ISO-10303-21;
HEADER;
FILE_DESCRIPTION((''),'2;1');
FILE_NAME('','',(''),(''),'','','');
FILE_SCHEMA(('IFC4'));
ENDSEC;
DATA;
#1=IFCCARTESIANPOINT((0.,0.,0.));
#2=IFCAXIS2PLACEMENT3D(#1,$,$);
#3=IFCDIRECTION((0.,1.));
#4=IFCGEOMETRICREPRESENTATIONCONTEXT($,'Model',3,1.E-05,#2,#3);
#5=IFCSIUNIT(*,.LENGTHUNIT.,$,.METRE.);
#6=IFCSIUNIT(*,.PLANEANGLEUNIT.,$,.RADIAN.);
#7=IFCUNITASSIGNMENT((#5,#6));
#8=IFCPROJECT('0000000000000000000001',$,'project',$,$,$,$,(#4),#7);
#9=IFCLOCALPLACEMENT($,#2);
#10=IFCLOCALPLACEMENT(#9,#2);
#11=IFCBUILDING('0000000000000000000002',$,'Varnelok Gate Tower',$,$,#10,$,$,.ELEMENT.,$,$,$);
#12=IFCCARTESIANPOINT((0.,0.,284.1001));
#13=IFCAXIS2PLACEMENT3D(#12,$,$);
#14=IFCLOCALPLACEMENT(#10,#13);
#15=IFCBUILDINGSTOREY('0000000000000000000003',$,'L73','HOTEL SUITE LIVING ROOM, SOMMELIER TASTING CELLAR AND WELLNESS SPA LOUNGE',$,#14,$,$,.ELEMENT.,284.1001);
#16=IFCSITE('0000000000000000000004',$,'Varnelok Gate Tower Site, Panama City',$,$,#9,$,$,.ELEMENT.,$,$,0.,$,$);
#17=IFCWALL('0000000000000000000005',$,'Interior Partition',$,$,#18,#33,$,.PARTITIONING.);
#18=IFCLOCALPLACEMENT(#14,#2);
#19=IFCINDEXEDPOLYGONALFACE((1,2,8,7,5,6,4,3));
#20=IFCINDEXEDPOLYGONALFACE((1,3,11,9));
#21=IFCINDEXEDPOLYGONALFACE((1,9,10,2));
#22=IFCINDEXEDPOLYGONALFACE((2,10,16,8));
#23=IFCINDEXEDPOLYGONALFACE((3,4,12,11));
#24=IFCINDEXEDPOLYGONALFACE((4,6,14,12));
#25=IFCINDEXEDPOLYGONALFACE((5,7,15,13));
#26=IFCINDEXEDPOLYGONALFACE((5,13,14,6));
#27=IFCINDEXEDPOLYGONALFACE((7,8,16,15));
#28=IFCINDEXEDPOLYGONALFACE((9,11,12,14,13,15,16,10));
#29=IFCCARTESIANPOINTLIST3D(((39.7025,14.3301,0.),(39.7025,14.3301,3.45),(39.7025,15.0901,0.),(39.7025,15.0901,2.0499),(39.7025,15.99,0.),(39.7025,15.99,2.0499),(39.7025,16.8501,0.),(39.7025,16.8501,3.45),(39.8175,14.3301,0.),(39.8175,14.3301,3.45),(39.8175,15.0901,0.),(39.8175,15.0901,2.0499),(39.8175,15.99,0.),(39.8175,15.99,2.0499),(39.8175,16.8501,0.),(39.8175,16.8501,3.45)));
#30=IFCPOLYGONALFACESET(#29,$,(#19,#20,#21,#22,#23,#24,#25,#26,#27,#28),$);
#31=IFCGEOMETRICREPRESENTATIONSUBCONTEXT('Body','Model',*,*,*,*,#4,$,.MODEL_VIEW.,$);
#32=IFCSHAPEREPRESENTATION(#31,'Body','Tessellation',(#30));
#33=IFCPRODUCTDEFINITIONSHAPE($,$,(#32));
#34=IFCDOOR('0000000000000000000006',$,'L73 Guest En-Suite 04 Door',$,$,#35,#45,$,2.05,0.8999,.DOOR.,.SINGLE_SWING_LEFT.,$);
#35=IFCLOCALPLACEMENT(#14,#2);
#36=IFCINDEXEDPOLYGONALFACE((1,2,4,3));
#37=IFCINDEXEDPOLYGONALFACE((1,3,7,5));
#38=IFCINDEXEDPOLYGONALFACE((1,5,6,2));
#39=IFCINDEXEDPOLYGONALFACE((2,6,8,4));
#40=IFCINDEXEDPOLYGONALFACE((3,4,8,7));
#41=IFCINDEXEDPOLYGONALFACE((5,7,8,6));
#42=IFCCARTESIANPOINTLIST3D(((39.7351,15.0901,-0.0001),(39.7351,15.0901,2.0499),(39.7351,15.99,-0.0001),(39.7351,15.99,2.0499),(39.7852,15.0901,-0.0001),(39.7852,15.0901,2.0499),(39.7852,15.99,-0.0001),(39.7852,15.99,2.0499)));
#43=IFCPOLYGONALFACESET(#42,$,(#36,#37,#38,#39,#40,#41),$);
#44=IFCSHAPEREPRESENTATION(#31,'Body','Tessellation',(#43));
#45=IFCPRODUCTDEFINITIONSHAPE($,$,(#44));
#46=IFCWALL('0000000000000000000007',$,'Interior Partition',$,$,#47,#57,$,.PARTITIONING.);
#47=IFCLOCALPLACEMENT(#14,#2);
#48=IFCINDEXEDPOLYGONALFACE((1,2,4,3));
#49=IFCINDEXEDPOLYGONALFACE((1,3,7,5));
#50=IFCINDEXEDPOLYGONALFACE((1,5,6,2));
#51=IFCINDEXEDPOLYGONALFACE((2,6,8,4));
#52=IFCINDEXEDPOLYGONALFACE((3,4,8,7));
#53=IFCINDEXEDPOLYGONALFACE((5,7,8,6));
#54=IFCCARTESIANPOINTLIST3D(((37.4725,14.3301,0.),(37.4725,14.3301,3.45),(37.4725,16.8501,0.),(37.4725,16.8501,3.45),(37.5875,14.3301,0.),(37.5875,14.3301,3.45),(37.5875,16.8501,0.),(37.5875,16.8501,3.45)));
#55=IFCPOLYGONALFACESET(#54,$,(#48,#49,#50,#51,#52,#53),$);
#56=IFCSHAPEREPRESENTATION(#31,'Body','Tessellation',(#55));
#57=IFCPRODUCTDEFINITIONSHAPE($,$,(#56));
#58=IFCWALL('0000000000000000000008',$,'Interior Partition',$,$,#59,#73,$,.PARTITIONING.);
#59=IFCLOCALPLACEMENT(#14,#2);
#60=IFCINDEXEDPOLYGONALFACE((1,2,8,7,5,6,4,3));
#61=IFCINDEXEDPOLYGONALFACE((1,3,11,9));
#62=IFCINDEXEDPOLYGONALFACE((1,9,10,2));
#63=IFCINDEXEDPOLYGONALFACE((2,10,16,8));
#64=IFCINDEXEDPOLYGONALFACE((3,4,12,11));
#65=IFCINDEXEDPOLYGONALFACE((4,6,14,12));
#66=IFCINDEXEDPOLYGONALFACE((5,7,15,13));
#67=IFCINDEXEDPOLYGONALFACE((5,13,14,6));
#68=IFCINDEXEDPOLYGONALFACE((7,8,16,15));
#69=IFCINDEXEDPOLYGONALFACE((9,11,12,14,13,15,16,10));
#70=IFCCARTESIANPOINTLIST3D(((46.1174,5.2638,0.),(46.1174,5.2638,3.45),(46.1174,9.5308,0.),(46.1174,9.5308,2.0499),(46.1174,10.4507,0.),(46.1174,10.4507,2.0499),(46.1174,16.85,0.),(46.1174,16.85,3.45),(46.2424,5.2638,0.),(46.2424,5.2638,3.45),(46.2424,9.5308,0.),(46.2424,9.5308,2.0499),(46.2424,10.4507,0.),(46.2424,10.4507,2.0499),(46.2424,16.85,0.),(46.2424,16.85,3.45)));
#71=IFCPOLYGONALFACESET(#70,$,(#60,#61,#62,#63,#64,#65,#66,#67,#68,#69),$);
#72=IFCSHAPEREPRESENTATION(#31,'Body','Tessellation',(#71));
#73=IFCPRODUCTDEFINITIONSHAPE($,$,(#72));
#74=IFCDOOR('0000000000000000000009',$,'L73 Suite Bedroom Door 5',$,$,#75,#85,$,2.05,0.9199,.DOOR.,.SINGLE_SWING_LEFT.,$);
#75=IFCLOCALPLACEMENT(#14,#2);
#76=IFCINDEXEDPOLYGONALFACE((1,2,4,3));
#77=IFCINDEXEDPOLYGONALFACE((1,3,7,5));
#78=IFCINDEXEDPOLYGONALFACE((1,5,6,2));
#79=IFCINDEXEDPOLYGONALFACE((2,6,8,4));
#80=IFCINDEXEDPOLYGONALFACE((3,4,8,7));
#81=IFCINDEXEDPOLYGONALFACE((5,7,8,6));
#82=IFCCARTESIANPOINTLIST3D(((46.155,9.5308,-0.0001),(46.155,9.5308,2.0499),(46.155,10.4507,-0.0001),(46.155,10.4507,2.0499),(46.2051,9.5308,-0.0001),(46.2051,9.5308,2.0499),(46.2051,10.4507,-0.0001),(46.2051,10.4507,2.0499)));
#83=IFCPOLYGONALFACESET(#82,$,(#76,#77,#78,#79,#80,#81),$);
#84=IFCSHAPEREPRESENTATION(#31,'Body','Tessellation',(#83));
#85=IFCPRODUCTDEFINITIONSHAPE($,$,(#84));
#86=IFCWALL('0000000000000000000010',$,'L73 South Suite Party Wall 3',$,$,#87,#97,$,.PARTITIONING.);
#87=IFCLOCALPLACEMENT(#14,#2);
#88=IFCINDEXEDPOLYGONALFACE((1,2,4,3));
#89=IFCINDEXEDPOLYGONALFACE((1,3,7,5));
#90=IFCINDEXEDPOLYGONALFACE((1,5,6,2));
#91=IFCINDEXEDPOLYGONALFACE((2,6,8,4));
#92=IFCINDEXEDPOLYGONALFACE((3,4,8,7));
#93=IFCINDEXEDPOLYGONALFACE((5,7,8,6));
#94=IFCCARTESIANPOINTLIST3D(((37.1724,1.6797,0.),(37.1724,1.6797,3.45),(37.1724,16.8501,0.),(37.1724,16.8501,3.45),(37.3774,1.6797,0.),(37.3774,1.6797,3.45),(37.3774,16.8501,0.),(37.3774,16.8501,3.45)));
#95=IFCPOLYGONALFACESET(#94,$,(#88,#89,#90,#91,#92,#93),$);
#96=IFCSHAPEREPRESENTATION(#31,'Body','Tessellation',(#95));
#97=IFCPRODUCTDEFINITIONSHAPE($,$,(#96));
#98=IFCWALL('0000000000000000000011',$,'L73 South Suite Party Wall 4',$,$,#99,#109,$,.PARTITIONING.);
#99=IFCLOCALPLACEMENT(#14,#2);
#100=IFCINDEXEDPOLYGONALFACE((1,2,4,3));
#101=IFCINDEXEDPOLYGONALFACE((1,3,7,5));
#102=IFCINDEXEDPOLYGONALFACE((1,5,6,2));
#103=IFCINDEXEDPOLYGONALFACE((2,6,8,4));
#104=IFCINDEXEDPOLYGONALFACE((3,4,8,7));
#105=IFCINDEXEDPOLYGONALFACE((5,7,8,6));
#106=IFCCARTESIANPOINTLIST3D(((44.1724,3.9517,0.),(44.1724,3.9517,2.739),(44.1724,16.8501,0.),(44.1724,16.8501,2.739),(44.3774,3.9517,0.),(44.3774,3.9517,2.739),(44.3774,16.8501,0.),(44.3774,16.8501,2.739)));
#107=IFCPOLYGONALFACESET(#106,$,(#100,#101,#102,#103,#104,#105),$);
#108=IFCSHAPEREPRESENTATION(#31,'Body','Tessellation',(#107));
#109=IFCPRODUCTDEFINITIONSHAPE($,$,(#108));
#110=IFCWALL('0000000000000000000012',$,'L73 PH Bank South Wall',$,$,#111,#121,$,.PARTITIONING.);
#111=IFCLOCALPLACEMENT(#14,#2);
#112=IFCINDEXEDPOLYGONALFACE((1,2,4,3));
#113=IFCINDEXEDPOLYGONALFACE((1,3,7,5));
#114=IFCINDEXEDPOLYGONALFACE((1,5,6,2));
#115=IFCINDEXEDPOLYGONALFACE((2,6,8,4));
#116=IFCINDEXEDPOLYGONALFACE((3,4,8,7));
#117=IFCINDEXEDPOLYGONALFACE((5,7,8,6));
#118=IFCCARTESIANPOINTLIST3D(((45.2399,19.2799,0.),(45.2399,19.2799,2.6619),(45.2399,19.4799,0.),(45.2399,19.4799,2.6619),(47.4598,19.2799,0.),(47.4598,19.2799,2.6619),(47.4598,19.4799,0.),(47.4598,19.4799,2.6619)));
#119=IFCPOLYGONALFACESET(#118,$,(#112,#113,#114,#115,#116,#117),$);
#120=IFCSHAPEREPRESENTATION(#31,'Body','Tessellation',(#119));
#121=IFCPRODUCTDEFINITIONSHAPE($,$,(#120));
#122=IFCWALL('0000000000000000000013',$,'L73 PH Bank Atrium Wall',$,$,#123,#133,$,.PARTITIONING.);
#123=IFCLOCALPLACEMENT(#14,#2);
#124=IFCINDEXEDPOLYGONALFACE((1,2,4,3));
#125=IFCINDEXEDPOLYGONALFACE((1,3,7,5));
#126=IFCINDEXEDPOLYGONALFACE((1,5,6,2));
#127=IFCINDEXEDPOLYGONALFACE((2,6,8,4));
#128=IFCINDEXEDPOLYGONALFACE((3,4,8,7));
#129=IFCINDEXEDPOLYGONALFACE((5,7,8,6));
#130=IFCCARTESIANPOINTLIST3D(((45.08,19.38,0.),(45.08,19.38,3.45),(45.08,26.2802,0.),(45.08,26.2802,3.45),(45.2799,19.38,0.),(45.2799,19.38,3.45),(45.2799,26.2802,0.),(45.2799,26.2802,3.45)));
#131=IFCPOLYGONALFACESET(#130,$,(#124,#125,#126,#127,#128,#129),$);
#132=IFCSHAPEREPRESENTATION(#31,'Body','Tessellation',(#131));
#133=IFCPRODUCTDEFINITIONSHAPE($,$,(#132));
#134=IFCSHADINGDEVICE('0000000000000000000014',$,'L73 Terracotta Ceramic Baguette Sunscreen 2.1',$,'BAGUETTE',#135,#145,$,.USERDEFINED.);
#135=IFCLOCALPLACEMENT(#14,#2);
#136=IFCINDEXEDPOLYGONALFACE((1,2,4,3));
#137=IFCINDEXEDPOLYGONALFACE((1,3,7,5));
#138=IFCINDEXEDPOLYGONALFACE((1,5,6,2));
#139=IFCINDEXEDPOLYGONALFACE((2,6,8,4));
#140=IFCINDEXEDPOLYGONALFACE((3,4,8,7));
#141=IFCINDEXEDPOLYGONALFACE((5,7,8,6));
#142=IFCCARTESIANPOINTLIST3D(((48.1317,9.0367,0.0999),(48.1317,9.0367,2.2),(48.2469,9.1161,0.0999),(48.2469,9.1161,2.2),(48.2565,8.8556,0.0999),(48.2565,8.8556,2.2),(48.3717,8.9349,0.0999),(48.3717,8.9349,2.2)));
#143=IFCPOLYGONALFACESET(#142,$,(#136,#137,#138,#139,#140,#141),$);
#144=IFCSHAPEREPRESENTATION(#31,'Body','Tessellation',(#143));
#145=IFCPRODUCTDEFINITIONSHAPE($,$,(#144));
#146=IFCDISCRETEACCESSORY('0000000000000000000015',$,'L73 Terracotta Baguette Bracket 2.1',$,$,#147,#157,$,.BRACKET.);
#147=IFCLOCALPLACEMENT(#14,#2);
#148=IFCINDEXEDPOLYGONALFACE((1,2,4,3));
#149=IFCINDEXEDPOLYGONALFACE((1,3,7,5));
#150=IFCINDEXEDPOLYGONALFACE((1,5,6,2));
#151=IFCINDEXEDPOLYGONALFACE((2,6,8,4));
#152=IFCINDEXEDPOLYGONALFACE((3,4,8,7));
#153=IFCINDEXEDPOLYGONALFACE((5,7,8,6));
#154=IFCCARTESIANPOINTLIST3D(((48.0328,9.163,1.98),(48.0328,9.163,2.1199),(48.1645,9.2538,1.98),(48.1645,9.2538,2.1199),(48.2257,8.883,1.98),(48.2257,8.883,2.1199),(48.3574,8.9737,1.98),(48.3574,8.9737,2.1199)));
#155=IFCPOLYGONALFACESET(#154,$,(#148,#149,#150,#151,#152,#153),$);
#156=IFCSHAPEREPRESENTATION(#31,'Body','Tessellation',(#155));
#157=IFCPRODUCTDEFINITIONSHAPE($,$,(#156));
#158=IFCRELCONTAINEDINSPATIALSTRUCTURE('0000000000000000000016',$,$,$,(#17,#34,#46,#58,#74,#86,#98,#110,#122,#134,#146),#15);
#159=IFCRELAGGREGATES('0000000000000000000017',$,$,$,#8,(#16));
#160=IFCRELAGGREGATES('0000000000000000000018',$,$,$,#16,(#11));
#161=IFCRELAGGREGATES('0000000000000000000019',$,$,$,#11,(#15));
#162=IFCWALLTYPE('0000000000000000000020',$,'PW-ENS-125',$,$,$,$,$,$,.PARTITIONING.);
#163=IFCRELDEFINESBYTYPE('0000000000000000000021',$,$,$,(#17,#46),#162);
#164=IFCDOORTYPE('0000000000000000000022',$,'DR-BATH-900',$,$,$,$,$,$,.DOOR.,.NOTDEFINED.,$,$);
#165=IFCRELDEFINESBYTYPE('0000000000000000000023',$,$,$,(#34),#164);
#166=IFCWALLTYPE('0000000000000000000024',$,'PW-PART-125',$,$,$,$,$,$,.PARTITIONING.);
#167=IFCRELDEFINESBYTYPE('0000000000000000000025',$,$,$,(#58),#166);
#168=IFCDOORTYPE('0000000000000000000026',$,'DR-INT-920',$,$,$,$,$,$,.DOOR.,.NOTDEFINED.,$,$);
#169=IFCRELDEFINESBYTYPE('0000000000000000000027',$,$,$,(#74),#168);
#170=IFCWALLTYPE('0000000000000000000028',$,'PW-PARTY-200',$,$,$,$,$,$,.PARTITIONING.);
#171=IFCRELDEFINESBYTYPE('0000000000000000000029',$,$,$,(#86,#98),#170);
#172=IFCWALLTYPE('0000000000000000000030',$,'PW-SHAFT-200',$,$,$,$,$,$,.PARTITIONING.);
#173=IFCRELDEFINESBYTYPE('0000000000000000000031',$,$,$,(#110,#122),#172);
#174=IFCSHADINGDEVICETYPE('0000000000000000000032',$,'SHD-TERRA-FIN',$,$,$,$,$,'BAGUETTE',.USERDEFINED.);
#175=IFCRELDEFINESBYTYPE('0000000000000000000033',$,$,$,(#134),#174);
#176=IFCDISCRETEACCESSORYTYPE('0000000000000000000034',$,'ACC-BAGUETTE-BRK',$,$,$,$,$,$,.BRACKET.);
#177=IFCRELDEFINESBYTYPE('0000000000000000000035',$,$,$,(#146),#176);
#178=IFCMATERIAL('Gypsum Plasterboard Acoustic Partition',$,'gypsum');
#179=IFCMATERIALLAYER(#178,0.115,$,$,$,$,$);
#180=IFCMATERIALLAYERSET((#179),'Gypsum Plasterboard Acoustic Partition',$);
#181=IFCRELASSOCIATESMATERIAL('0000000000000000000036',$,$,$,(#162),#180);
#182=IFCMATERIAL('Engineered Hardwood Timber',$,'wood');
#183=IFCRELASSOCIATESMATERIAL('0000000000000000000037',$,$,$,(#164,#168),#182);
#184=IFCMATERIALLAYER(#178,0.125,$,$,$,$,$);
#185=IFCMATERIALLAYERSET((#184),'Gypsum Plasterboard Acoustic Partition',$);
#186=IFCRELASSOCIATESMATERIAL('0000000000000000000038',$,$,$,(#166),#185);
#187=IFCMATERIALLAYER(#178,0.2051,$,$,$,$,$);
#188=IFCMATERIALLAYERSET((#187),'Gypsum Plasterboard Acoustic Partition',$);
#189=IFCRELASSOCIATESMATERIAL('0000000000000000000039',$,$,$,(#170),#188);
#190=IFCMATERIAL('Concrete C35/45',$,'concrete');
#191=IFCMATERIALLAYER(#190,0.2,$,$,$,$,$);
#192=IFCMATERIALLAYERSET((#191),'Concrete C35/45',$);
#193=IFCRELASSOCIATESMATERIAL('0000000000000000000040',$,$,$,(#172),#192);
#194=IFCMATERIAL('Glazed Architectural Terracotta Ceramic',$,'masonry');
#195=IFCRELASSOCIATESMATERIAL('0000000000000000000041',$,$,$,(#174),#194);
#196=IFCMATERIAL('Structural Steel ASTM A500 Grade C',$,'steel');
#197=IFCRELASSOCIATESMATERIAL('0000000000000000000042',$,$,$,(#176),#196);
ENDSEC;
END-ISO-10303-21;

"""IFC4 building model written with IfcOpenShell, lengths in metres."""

from ifc_helpers import new_model, si_unit, direction, frame, frame_2d, origin, origin_2d, place, context, subcontext, project, spatial, rectangle, extrude, source, transform, mapped, material, layer, layer_set, type_object, element, fill, save


model = new_model("IFC4")

# Units and contexts
model_context = context("Model", 3, precision=1e-05, world=origin(), true_north=direction((0.0, 1.0)))
body_context = subcontext(model_context, "Body", "Model", "MODEL_VIEW")
ifc_project = project(units=[si_unit("LENGTHUNIT", "METRE"), si_unit("PLANEANGLEUNIT", "RADIAN")], contexts=[model_context])

# Site, building, storey
site_placement = place(None, origin())
site = spatial("IfcSite", under=ifc_project, at=site_placement, Name="Varnelok Gate Tower Site, Panama City", CompositionType="ELEMENT", RefElevation=0.0)
building_placement = place(site_placement, origin())
building = spatial("IfcBuilding", under=site, at=building_placement, Name="Varnelok Gate Tower", CompositionType="ELEMENT")
storey_placement = place(building_placement, frame((0.0, 0.0, 284.1001)))
storey = spatial("IfcBuildingStorey", under=building, at=storey_placement, Name="L73", Description="HOTEL SUITE LIVING ROOM, SOMMELIER TASTING CELLAR AND WELLNESS SPA LOUNGE", CompositionType="ELEMENT", Elevation=284.1001)

# Shared definitions
ifc_material_1 = material(Name="Gypsum Plasterboard Acoustic Partition", Category="gypsum")
ifc_material_2 = material(Name="Engineered Hardwood Timber", Category="wood")

# Shared definitions
ifc_layer_1 = layer(ifc_material_1, 0.115)
ifc_layer_set_1 = layer_set([ifc_layer_1], Name="Gypsum Plasterboard Acoustic Partition")
wall_type_1 = type_object("IfcWallType", Name="PW-ENS-125", PredefinedType="PARTITIONING", material=ifc_layer_set_1)

# Wall, opening, door
wall_1_placement = place(storey_placement, frame((39.76, 14.3301, 0.0), z_axis=(0.0, 0.0, 1.0), x_axis=(0.0, 1.0, 0.0)))
wall_1 = element("IfcWall", 1, at=wall_1_placement, inside=storey, type_object=wall_type_1, Name="Interior Partition", PredefinedType="PARTITIONING", context=body_context, shape_type="SweptSolid", body=[
    extrude(rectangle(XDim=2.52, YDim=0.115, at=frame_2d((1.26, 0.0))), origin(), (0.0, 0.0, 1.0), 3.45),
])
opening_1_placement = place(wall_1_placement, frame((0.76, 0.0, 0.0)))
opening_1 = element("IfcOpeningElement", 2, at=opening_1_placement, cuts=wall_1, PredefinedType="OPENING", context=body_context, shape_type="SweptSolid", body=[
    extrude(rectangle(XDim=0.8999, YDim=2.05, at=frame_2d((0.45, 1.0249))), frame((0.0, 0.0674, 0.0), z_axis=(0.0, -1.0, 0.0), x_axis=(1.0, 0.0, 0.0)), (0.0, 0.0, 1.0), 0.135),
])
door_type_1 = type_object("IfcDoorType", Name="DR-BATH-900", OperationType="NOTDEFINED", PredefinedType="DOOR", material=ifc_material_2)
door_1_placement = place(opening_1_placement, origin())
door_1 = element("IfcDoor", 3, at=door_1_placement, inside=storey, type_object=door_type_1, Name="L73 Guest En-Suite 04 Door", OperationType="SINGLE_SWING_LEFT", OverallHeight=2.05, OverallWidth=0.8999, PredefinedType="DOOR", context=body_context, shape_type="SweptSolid", body=[
    extrude(rectangle(XDim=0.8999, YDim=2.05, at=frame_2d((0.45, 1.0249))), frame((0.0, 0.0249, 0.0), z_axis=(0.0, -1.0, 0.0), x_axis=(1.0, 0.0, 0.0)), (0.0, 0.0, 1.0), 0.05),
])
fill(opening_1, door_1)

# Wall
wall_2_placement = place(storey_placement, frame((37.53, 14.3301, 0.0), z_axis=(0.0, 0.0, 1.0), x_axis=(0.0, 1.0, 0.0)))
element("IfcWall", 4, at=wall_2_placement, inside=storey, type_object=wall_type_1, Name="Interior Partition", PredefinedType="PARTITIONING", context=body_context, shape_type="SweptSolid", body=[
    extrude(rectangle(XDim=2.52, YDim=0.115, at=frame_2d((1.26, 0.0))), origin(), (0.0, 0.0, 1.0), 3.45),
])

# Wall, opening, door
ifc_layer_2 = layer(ifc_material_1, 0.125)
ifc_layer_set_2 = layer_set([ifc_layer_2], Name="Gypsum Plasterboard Acoustic Partition")
wall_type_2 = type_object("IfcWallType", Name="PW-PART-125", PredefinedType="PARTITIONING", material=ifc_layer_set_2)
wall_3_placement = place(storey_placement, frame((46.1799, 5.2639, 0.0), z_axis=(0.0, 0.0, 1.0), x_axis=(0.0, 1.0, 0.0)))
wall_3 = element("IfcWall", 5, at=wall_3_placement, inside=storey, type_object=wall_type_2, Name="Interior Partition", PredefinedType="PARTITIONING", context=body_context, shape_type="SweptSolid", body=[
    extrude(rectangle(XDim=11.5862, YDim=0.125, at=frame_2d((5.793, 0.0))), origin(), (0.0, 0.0, 1.0), 3.45),
])
opening_2_placement = place(wall_3_placement, frame((4.2668, 0.0, 0.0)))
opening_2 = element("IfcOpeningElement", 6, at=opening_2_placement, cuts=wall_3, PredefinedType="OPENING", context=body_context, shape_type="SweptSolid", body=[
    extrude(rectangle(XDim=0.9199, YDim=2.05, at=frame_2d((0.46, 1.0249))), frame((0.0, 0.0725, 0.0), z_axis=(0.0, -1.0, 0.0), x_axis=(1.0, 0.0, 0.0)), (0.0, 0.0, 1.0), 0.145),
])
door_type_2 = type_object("IfcDoorType", Name="DR-INT-920", OperationType="NOTDEFINED", PredefinedType="DOOR", material=ifc_material_2)
door_2_placement = place(opening_2_placement, origin())
door_2 = element("IfcDoor", 7, at=door_2_placement, inside=storey, type_object=door_type_2, Name="L73 Suite Bedroom Door 5", OperationType="SINGLE_SWING_LEFT", OverallHeight=2.05, OverallWidth=0.9199, PredefinedType="DOOR", context=body_context, shape_type="SweptSolid", body=[
    extrude(rectangle(XDim=0.9199, YDim=2.05, at=frame_2d((0.46, 1.0249))), frame((0.0, 0.0249, 0.0), z_axis=(0.0, -1.0, 0.0), x_axis=(1.0, 0.0, 0.0)), (0.0, 0.0, 1.0), 0.05),
])
fill(opening_2, door_2)

# Walls
ifc_layer_3 = layer(ifc_material_1, 0.2051)
ifc_layer_set_3 = layer_set([ifc_layer_3], Name="Gypsum Plasterboard Acoustic Partition")
wall_type_3 = type_object("IfcWallType", Name="PW-PARTY-200", PredefinedType="PARTITIONING", material=ifc_layer_set_3)
wall_4_placement = place(storey_placement, frame((37.2749, 1.6797, 0.0), z_axis=(0.0, 0.0, 1.0), x_axis=(0.0, 1.0, 0.0)))
element("IfcWall", 8, at=wall_4_placement, inside=storey, type_object=wall_type_3, Name="L73 South Suite Party Wall 3", PredefinedType="PARTITIONING", context=body_context, shape_type="SweptSolid", body=[
    extrude(rectangle(XDim=15.1704, YDim=0.2051, at=frame_2d((7.5852, 0.0))), origin(), (0.0, 0.0, 1.0), 3.45),
])
wall_5_placement = place(storey_placement, frame((44.2749, 3.9517, 0.0), z_axis=(0.0, 0.0, 1.0), x_axis=(0.0, 1.0, 0.0)))
element("IfcWall", 9, at=wall_5_placement, inside=storey, type_object=wall_type_3, Name="L73 South Suite Party Wall 4", PredefinedType="PARTITIONING", context=body_context, shape_type="SweptSolid", body=[
    extrude(rectangle(XDim=12.8984, YDim=0.2051, at=frame_2d((6.4492, 0.0))), origin(), (0.0, 0.0, 1.0), 2.739),
])
ifc_material_3 = material(Name="Concrete C35/45", Category="concrete")
ifc_layer_4 = layer(ifc_material_3, 0.2)
ifc_layer_set_4 = layer_set([ifc_layer_4], Name="Concrete C35/45")
wall_type_4 = type_object("IfcWallType", Name="PW-SHAFT-200", PredefinedType="PARTITIONING", material=ifc_layer_set_4)
wall_6_placement = place(storey_placement, frame((45.24, 19.3799, 0.0), z_axis=(0.0, 0.0, 1.0), x_axis=(1.0, 0.0, 0.0)))
element("IfcWall", 10, at=wall_6_placement, inside=storey, type_object=wall_type_4, Name="L73 PH Bank South Wall", PredefinedType="PARTITIONING", context=body_context, shape_type="SweptSolid", body=[
    extrude(rectangle(XDim=2.22, YDim=0.2, at=frame_2d((1.1099, 0.0))), origin(), (0.0, 0.0, 1.0), 2.6619),
])
wall_7_placement = place(storey_placement, frame((45.1799, 19.3799, 0.0), z_axis=(0.0, 0.0, 1.0), x_axis=(0.0, 1.0, 0.0)))
element("IfcWall", 11, at=wall_7_placement, inside=storey, type_object=wall_type_4, Name="L73 PH Bank Atrium Wall", PredefinedType="PARTITIONING", context=body_context, shape_type="SweptSolid", body=[
    extrude(rectangle(XDim=6.9001, YDim=0.2, at=frame_2d((3.4502, 0.0))), origin(), (0.0, 0.0, 1.0), 3.45),
])

# Shading device
ifc_material_4 = material(Name="Glazed Architectural Terracotta Ceramic", Category="masonry")
shading_device_type = type_object("IfcShadingDeviceType", Name="SHD-TERRA-FIN", ElementType="BAGUETTE", PredefinedType="USERDEFINED", material=ifc_material_4)
shared_shape_1 = source(origin(), body_context, "Body", "SweptSolid", [
    extrude(rectangle(XDim=0.1399, YDim=0.22, at=origin_2d()), origin(), (0.0, 0.0, 1.0), 2.1001),
])
shading_device_placement = place(storey_placement, frame((48.2517, 8.9858, 0.0999), z_axis=(0.0, 0.0, 1.0), x_axis=(0.823533, 0.567269, 0.0)))
element("IfcShadingDevice", 12, at=shading_device_placement, inside=storey, type_object=shading_device_type, Name="L73 Terracotta Ceramic Baguette Sunscreen 2.1", ObjectType="BAGUETTE", PredefinedType="USERDEFINED", context=body_context, shape_type="MappedRepresentation", body=[
    mapped(shared_shape_1, transform((0.0, 0.0, 0.0), scale=1.0)),
])

# Discrete accessory
ifc_material_5 = material(Name="Structural Steel ASTM A500 Grade C", Category="steel")
discrete_accessory_type = type_object("IfcDiscreteAccessoryType", Name="ACC-BAGUETTE-BRK", PredefinedType="BRACKET", material=ifc_material_5)
shared_shape_2 = source(origin(), body_context, "Body", "SweptSolid", [
    extrude(rectangle(XDim=0.1599, YDim=0.3401, at=origin_2d()), origin(), (0.0, 0.0, 1.0), 0.1399),
])
discrete_accessory_placement = place(storey_placement, frame((48.1951, 9.0684, 1.98), z_axis=(0.0, 0.0, 1.0), x_axis=(0.823533, 0.567269, 0.0)))
element("IfcDiscreteAccessory", 13, at=discrete_accessory_placement, inside=storey, type_object=discrete_accessory_type, Name="L73 Terracotta Baguette Bracket 2.1", PredefinedType="BRACKET", context=body_context, shape_type="MappedRepresentation", body=[
    mapped(shared_shape_2, transform((0.0, 0.0, 0.0), scale=1.0)),
])

save(model, "model.ifc")
